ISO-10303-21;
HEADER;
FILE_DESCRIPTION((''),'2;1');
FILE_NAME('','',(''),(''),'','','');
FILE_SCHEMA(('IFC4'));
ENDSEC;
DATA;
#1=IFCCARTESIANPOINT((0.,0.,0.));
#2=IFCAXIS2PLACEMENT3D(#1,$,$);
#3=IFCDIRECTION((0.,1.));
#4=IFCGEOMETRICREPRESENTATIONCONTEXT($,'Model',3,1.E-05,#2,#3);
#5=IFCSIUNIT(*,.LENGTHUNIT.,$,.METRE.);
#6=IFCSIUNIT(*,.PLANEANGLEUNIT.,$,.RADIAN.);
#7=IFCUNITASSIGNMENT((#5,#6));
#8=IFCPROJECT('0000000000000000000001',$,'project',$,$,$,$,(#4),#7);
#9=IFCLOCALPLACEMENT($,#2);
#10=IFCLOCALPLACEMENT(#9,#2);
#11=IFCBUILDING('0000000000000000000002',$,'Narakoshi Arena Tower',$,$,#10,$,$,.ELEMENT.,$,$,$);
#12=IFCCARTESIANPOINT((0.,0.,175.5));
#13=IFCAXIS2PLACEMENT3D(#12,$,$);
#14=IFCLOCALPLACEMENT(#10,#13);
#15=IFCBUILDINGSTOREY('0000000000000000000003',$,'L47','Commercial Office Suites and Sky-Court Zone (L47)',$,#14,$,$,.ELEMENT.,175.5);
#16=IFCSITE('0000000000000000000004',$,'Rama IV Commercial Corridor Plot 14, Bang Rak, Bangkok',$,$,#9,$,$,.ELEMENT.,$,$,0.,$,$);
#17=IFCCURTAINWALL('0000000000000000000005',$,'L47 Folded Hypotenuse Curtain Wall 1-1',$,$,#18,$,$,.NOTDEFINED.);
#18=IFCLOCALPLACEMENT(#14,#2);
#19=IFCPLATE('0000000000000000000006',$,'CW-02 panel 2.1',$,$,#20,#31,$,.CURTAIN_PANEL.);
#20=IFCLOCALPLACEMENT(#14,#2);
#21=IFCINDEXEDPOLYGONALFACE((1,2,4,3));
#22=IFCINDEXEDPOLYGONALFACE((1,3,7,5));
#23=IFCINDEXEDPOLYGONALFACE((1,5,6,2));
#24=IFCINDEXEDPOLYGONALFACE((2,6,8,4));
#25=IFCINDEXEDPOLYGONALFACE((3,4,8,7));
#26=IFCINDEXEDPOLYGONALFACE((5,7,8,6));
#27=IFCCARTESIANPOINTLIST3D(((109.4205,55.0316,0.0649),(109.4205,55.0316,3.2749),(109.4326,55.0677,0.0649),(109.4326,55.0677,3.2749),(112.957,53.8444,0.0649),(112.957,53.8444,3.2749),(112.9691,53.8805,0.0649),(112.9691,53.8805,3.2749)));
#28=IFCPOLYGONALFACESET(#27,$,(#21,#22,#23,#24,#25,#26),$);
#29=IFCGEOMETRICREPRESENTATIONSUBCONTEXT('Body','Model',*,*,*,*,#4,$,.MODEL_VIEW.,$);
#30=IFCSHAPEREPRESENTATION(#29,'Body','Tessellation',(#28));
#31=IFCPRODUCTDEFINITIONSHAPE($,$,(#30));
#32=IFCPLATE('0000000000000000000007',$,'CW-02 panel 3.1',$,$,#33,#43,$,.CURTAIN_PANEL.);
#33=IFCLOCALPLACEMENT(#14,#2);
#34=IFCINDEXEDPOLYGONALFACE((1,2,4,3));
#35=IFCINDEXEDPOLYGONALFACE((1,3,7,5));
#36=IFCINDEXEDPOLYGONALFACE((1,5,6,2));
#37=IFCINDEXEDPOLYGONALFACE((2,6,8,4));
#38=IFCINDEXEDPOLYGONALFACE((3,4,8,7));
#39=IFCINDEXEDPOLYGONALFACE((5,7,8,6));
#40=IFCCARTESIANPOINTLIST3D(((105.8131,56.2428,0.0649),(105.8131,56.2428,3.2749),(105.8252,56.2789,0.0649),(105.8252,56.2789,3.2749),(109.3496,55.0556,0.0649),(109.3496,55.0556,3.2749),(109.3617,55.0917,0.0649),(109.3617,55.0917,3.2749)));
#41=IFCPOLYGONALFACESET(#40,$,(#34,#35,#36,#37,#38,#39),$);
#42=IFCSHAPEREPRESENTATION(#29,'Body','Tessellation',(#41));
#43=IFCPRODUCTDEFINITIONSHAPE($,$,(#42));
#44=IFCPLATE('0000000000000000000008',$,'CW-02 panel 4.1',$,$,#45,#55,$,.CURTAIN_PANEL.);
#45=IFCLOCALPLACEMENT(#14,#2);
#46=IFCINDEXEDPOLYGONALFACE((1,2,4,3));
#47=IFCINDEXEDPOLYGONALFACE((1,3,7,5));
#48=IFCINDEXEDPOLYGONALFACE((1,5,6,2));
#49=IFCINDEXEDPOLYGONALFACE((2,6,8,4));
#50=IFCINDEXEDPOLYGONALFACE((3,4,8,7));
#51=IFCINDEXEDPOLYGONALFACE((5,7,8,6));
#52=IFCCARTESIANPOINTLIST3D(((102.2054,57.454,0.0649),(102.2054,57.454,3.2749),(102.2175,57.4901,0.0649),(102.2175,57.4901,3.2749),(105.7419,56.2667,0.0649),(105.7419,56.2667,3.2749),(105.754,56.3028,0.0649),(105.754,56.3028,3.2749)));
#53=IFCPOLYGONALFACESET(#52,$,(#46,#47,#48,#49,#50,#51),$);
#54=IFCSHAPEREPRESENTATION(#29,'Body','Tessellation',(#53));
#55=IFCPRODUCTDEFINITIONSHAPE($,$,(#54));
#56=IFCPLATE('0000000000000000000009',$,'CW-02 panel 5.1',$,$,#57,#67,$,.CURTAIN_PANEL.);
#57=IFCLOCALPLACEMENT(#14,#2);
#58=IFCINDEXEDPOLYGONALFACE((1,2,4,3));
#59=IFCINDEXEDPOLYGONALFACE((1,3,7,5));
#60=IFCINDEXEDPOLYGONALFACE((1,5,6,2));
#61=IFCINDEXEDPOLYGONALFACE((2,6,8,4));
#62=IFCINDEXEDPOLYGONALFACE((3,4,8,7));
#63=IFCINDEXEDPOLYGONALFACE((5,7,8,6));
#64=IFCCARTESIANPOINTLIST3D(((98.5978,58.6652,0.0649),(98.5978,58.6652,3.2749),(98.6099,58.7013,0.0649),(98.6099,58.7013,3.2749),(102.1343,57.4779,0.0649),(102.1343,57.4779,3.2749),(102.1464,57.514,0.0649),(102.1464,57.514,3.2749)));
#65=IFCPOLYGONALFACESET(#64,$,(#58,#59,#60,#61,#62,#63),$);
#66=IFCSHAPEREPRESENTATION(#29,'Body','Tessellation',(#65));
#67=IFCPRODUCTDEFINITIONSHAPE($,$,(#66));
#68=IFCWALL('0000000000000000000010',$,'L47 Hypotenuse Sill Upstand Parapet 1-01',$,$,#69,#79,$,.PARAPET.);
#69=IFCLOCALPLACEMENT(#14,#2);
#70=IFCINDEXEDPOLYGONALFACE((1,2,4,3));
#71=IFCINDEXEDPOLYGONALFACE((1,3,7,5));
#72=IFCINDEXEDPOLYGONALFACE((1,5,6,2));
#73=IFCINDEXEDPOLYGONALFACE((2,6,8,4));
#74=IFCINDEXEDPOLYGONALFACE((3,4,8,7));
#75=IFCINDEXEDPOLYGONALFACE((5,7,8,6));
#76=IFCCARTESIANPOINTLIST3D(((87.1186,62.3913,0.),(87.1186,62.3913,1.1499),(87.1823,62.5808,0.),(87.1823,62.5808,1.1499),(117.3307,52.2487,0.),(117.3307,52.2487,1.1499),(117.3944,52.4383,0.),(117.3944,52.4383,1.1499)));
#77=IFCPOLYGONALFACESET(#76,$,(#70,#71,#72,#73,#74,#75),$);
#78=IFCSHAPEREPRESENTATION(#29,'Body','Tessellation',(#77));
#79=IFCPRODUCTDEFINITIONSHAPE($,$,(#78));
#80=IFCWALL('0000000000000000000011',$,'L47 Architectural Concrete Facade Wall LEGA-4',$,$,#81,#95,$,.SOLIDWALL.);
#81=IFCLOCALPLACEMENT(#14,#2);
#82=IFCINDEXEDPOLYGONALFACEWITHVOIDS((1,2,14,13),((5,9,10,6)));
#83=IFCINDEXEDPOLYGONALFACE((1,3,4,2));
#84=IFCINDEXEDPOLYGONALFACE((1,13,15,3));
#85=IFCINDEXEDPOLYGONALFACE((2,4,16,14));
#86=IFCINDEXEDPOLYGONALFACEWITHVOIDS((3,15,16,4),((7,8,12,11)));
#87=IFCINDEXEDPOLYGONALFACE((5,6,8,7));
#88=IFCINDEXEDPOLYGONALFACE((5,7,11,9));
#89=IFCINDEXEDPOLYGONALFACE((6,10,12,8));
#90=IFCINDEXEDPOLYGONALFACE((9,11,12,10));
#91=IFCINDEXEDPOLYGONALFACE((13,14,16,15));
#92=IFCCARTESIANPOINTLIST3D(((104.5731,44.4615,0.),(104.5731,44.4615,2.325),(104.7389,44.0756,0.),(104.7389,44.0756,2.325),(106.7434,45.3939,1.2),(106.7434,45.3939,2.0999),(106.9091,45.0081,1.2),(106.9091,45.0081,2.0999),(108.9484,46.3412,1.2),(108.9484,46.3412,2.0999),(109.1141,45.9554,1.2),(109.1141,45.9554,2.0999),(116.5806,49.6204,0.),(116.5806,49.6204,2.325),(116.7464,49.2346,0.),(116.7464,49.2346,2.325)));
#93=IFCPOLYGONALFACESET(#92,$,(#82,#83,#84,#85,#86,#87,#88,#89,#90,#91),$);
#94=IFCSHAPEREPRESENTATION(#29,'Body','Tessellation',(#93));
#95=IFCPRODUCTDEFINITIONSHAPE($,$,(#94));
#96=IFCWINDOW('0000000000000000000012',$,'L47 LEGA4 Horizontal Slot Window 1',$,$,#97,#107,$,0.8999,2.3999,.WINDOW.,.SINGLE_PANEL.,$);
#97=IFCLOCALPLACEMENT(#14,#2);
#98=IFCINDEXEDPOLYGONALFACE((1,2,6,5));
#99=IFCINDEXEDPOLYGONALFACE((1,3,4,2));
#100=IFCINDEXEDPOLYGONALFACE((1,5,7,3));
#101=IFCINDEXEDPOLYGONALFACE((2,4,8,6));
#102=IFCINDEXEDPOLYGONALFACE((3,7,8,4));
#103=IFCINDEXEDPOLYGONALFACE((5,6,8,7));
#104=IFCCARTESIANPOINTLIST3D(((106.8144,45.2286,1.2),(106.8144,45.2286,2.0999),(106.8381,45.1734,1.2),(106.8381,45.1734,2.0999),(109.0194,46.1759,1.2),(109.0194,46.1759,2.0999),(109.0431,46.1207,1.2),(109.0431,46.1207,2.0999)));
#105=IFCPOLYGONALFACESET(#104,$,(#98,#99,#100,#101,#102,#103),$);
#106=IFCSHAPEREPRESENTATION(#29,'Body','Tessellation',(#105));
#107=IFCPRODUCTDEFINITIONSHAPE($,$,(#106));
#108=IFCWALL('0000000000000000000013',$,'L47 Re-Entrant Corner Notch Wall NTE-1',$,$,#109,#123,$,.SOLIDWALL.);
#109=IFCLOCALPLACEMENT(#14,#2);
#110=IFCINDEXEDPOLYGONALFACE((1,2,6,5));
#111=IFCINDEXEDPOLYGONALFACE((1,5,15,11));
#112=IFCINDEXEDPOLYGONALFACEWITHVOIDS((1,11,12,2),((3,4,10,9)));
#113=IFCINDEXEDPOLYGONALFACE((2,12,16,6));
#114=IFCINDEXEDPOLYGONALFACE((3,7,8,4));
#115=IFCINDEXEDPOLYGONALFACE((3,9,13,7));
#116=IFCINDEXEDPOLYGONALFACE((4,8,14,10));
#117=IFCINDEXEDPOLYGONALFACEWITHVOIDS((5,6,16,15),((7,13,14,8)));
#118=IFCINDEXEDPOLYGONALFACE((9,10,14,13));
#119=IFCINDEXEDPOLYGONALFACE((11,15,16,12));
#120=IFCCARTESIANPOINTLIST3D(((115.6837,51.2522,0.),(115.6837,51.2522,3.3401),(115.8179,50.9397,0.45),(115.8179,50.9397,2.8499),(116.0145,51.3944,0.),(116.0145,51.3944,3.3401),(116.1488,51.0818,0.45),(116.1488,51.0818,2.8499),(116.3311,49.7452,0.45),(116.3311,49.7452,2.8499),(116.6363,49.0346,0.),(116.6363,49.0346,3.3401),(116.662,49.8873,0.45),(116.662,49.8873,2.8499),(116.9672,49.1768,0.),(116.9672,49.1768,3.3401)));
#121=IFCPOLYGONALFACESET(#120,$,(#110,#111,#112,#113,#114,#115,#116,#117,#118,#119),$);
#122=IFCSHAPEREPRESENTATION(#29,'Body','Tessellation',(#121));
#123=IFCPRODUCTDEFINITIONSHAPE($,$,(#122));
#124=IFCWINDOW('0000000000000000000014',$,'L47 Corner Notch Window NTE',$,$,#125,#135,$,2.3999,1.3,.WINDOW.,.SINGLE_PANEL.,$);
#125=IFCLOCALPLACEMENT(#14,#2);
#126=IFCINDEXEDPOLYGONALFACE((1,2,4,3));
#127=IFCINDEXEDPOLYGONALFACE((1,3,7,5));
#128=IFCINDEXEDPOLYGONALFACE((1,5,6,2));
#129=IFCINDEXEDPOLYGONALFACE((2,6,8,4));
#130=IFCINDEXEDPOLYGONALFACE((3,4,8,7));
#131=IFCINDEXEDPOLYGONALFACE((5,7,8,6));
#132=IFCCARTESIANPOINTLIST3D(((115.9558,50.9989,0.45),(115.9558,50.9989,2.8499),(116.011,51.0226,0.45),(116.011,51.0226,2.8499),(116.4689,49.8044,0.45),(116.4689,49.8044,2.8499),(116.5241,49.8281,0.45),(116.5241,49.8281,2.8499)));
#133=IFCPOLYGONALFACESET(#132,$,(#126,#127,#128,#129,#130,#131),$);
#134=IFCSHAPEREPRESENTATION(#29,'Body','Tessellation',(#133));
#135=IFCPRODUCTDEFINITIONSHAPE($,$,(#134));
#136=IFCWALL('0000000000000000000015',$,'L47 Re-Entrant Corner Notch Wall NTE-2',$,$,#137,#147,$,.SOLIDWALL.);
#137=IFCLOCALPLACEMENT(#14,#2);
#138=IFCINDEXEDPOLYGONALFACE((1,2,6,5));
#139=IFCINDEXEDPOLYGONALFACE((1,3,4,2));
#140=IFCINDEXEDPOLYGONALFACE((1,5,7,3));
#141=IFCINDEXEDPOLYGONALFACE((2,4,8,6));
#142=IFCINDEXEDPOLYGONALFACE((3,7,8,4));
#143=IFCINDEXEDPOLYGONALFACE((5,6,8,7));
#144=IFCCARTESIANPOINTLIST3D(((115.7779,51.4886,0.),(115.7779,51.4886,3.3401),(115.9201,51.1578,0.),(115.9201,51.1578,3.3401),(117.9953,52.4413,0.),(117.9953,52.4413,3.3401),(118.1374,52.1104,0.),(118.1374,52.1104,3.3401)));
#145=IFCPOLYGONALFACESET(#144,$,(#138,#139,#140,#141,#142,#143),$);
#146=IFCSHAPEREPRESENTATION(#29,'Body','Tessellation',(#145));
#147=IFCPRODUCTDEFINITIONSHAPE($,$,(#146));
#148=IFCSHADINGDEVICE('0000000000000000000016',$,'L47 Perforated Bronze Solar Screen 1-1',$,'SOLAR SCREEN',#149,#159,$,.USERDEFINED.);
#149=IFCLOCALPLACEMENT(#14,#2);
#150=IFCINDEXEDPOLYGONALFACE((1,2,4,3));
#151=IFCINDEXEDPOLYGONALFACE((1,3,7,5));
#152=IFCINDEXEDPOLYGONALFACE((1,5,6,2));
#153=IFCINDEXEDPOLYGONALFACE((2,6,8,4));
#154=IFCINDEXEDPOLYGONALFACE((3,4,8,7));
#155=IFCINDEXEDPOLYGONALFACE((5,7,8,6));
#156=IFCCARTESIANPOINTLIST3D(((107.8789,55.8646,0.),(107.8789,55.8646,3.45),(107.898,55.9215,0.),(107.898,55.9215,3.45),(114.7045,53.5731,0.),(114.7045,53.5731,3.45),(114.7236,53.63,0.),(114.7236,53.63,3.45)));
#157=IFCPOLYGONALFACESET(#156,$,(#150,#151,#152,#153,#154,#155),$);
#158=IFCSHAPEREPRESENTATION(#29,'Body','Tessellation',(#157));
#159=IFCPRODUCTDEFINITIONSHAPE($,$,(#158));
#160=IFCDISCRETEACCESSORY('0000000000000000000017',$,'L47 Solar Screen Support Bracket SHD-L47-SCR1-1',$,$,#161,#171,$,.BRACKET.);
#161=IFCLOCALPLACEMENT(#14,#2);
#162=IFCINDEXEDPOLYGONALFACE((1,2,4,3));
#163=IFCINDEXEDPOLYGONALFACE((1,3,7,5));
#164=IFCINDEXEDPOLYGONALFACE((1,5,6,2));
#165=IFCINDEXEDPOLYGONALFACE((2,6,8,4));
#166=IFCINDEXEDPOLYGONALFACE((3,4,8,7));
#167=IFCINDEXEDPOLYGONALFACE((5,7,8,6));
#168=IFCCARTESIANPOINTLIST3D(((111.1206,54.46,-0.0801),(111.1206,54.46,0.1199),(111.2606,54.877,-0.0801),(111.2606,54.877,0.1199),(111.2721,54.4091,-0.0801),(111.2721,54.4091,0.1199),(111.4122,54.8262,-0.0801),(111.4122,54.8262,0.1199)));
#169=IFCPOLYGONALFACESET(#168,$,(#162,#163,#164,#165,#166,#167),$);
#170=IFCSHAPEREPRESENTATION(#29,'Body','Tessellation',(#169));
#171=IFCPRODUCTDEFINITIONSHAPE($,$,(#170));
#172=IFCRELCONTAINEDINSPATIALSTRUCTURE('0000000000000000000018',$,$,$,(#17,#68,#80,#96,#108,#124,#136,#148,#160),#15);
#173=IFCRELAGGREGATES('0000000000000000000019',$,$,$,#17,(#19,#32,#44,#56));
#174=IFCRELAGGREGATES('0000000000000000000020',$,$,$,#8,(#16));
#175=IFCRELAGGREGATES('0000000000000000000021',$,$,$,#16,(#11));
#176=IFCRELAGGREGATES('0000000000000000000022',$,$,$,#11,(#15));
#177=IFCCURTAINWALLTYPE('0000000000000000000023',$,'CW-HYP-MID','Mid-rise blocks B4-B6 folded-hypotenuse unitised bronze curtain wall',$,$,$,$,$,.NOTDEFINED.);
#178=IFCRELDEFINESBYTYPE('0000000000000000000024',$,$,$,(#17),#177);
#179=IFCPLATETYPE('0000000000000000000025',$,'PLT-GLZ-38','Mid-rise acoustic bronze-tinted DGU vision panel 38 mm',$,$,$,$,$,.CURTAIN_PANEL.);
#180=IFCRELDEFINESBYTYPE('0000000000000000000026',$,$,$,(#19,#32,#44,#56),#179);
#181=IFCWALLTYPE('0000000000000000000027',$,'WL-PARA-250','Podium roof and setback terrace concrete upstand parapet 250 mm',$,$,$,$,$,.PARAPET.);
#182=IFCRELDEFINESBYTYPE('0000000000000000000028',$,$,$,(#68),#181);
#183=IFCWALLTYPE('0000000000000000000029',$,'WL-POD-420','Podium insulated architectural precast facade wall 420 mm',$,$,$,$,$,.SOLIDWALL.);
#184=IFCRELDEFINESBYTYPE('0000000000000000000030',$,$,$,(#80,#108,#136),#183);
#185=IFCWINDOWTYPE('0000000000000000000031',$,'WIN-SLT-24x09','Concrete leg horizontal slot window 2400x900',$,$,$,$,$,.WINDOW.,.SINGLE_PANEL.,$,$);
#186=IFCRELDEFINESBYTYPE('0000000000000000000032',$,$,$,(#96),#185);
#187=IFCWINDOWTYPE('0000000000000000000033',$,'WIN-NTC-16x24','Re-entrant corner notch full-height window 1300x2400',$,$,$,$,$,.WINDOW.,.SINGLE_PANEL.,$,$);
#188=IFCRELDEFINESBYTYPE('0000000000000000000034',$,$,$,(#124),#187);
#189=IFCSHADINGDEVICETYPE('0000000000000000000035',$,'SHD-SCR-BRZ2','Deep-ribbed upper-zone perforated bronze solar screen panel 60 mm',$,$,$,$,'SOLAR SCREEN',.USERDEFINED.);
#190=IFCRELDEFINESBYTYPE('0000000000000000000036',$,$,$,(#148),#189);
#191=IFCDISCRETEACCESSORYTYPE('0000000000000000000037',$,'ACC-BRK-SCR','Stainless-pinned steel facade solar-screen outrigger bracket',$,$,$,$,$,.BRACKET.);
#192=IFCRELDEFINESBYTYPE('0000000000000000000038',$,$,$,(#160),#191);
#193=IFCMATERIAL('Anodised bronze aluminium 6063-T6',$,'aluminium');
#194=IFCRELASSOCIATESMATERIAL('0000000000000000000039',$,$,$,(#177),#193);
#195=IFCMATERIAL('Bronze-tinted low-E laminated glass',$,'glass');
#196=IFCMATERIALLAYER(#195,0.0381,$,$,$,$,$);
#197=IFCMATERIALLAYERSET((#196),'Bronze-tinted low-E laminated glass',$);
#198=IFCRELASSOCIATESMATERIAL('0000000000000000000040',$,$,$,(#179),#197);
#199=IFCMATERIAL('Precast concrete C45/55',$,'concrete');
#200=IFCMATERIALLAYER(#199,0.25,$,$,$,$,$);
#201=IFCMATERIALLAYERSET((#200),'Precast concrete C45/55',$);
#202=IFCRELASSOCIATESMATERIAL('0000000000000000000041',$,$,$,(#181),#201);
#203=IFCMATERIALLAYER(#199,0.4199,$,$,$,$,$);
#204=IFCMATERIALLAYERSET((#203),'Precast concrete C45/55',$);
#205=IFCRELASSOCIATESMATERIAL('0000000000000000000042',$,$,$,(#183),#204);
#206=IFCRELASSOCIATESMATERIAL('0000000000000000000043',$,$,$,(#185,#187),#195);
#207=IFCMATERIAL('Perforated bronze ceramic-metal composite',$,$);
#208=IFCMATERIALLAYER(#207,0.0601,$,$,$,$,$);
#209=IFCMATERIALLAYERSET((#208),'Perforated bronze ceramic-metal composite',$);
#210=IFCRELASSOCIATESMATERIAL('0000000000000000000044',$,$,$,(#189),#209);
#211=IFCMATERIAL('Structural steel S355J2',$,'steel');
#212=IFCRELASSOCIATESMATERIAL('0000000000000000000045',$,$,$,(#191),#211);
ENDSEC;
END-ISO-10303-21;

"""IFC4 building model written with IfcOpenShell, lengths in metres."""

from ifc_helpers import new_model, si_unit, direction, frame, frame_2d, origin, origin_2d, place, context, subcontext, project, spatial, rectangle, extrude, material, layer, layer_set, type_object, element, fill, aggregate, save


model = new_model("IFC4")

# Units and contexts
model_context = context("Model", 3, precision=1e-05, world=origin(), true_north=direction((0.0, 1.0)))
body_context = subcontext(model_context, "Body", "Model", "MODEL_VIEW")
ifc_project = project(units=[si_unit("LENGTHUNIT", "METRE"), si_unit("PLANEANGLEUNIT", "RADIAN")], contexts=[model_context])

# Site, building, storey
site_placement = place(None, origin())
site = spatial("IfcSite", under=ifc_project, at=site_placement, Name="Rama IV Commercial Corridor Plot 14, Bang Rak, Bangkok", CompositionType="ELEMENT", RefElevation=0.0)
building_placement = place(site_placement, origin())
building = spatial("IfcBuilding", under=site, at=building_placement, Name="Narakoshi Arena Tower", CompositionType="ELEMENT")
storey_placement = place(building_placement, frame((0.0, 0.0, 175.5)))
storey = spatial("IfcBuildingStorey", under=building, at=storey_placement, Name="L47", Description="Commercial Office Suites and Sky-Court Zone (L47)", CompositionType="ELEMENT", Elevation=175.5)

# Curtain wall, plates
ifc_material_1 = material(Name="Anodised bronze aluminium 6063-T6", Category="aluminium")
curtain_wall_type = type_object("IfcCurtainWallType", Name="CW-HYP-MID", Description="Mid-rise blocks B4-B6 folded-hypotenuse unitised bronze curtain wall", PredefinedType="NOTDEFINED", material=ifc_material_1)
curtain_wall_placement = place(storey_placement, origin())
curtain_wall = element("IfcCurtainWall", 1, at=curtain_wall_placement, inside=storey, type_object=curtain_wall_type, Name="L47 Folded Hypotenuse Curtain Wall 1-1", PredefinedType="NOTDEFINED")
ifc_material_2 = material(Name="Bronze-tinted low-E laminated glass", Category="glass")
ifc_layer_1 = layer(ifc_material_2, 0.0381)
ifc_layer_set_1 = layer_set([ifc_layer_1], Name="Bronze-tinted low-E laminated glass")
plate_type = type_object("IfcPlateType", Name="PLT-GLZ-38", Description="Mid-rise acoustic bronze-tinted DGU vision panel 38 mm", PredefinedType="CURTAIN_PANEL", material=ifc_layer_set_1)
plate_1_placement = place(storey_placement, frame((111.1948, 54.4561, 0.0649), z_axis=(0.0, 0.0, 1.0), x_axis=(-0.948003, 0.318261, 0.0)))
plate_1 = element("IfcPlate", 2, at=plate_1_placement, type_object=plate_type, Name="CW-02 panel 2.1", PredefinedType="CURTAIN_PANEL", context=body_context, shape_type="SweptSolid", body=[
    extrude(rectangle(XDim=3.7305, YDim=0.0381, at=origin_2d()), origin(), (0.0, 0.0, 1.0), 3.21),
])
plate_2_placement = place(storey_placement, frame((107.5874, 55.6672, 0.0649), z_axis=(0.0, 0.0, 1.0), x_axis=(-0.948003, 0.318261, 0.0)))
plate_2 = element("IfcPlate", 3, at=plate_2_placement, type_object=plate_type, Name="CW-02 panel 3.1", PredefinedType="CURTAIN_PANEL", context=body_context, shape_type="SweptSolid", body=[
    extrude(rectangle(XDim=3.7305, YDim=0.0381, at=origin_2d()), origin(), (0.0, 0.0, 1.0), 3.21),
])
plate_3_placement = place(storey_placement, frame((103.9797, 56.8784, 0.0649), z_axis=(0.0, 0.0, 1.0), x_axis=(-0.948003, 0.318261, 0.0)))
plate_3 = element("IfcPlate", 4, at=plate_3_placement, type_object=plate_type, Name="CW-02 panel 4.1", PredefinedType="CURTAIN_PANEL", context=body_context, shape_type="SweptSolid", body=[
    extrude(rectangle(XDim=3.7305, YDim=0.0381, at=origin_2d()), origin(), (0.0, 0.0, 1.0), 3.21),
])
plate_4_placement = place(storey_placement, frame((100.3721, 58.0896, 0.0649), z_axis=(0.0, 0.0, 1.0), x_axis=(-0.948003, 0.318261, 0.0)))
plate_4 = element("IfcPlate", 5, at=plate_4_placement, type_object=plate_type, Name="CW-02 panel 5.1", PredefinedType="CURTAIN_PANEL", context=body_context, shape_type="SweptSolid", body=[
    extrude(rectangle(XDim=3.7305, YDim=0.0381, at=origin_2d()), origin(), (0.0, 0.0, 1.0), 3.21),
])
aggregate(curtain_wall, [plate_1, plate_2, plate_3, plate_4])

# Wall
ifc_material_3 = material(Name="Precast concrete C45/55", Category="concrete")
ifc_layer_2 = layer(ifc_material_3, 0.25)
ifc_layer_set_2 = layer_set([ifc_layer_2], Name="Precast concrete C45/55")
wall_type_1 = type_object("IfcWallType", Name="WL-PARA-250", Description="Podium roof and setback terrace concrete upstand parapet 250 mm", PredefinedType="PARAPET", material=ifc_layer_set_2)
wall_1_placement = place(storey_placement, frame((117.3625, 52.3435, 0.0), z_axis=(0.0, 0.0, 1.0), x_axis=(-0.948005, 0.318256, 0.0)))
element("IfcWall", 6, at=wall_1_placement, inside=storey, type_object=wall_type_1, Name="L47 Hypotenuse Sill Upstand Parapet 1-01", PredefinedType="PARAPET", context=body_context, shape_type="SweptSolid", body=[
    extrude(rectangle(XDim=31.8691, YDim=0.2, at=frame_2d((15.9346, 0.0))), origin(), (0.0, 0.0, 1.0), 1.1499),
])

# Walls, openings, windows
ifc_layer_3 = layer(ifc_material_3, 0.4199)
ifc_layer_set_3 = layer_set([ifc_layer_3], Name="Precast concrete C45/55")
wall_type_2 = type_object("IfcWallType", Name="WL-POD-420", Description="Podium insulated architectural precast facade wall 420 mm", PredefinedType="SOLIDWALL", material=ifc_layer_set_3)
wall_2_placement = place(storey_placement, frame((104.656, 44.2686, 0.0), z_axis=(0.0, 0.0, 1.0), x_axis=(0.918789, 0.394749, 0.0)))
wall_2 = element("IfcWall", 7, at=wall_2_placement, inside=storey, type_object=wall_type_2, Name="L47 Architectural Concrete Facade Wall LEGA-4", PredefinedType="SOLIDWALL", context=body_context, shape_type="SweptSolid", body=[
    extrude(rectangle(XDim=13.0688, YDim=0.4199, at=frame_2d((6.5344, 0.0))), origin(), (0.0, 0.0, 1.0), 2.325),
])
opening_1_placement = place(wall_2_placement, frame((2.3621, 0.0, 1.2)))
opening_1 = element("IfcOpeningElement", 8, at=opening_1_placement, cuts=wall_2, PredefinedType="OPENING", context=body_context, shape_type="SweptSolid", body=[
    extrude(rectangle(XDim=2.3999, YDim=0.8999, at=frame_2d((1.2, 0.45))), frame((0.0, 0.22, 0.0), z_axis=(0.0, -1.0, 0.0), x_axis=(1.0, 0.0, 0.0)), (0.0, 0.0, 1.0), 0.4399),
])
window_type_1 = type_object("IfcWindowType", Name="WIN-SLT-24x09", Description="Concrete leg horizontal slot window 2400x900", PartitioningType="SINGLE_PANEL", PredefinedType="WINDOW", material=ifc_material_2)
window_1_placement = place(opening_1_placement, origin())
window_1 = element("IfcWindow", 9, at=window_1_placement, inside=storey, type_object=window_type_1, Name="L47 LEGA4 Horizontal Slot Window 1", OverallHeight=0.8999, OverallWidth=2.3999, PartitioningType="SINGLE_PANEL", PredefinedType="WINDOW", context=body_context, shape_type="SweptSolid", body=[
    extrude(rectangle(XDim=2.3999, YDim=0.8999, at=frame_2d((1.2, 0.45))), frame((0.0, 0.03, 0.0), z_axis=(0.0, -1.0, 0.0), x_axis=(1.0, 0.0, 0.0)), (0.0, 0.0, 1.0), 0.0601),
])
fill(opening_1, window_1)
wall_3_placement = place(storey_placement, frame((116.8018, 49.1057, 0.0), z_axis=(0.0, 0.0, 1.0), x_axis=(-0.394713, 0.918805, 0.0)))
wall_3 = element("IfcWall", 10, at=wall_3_placement, inside=storey, type_object=wall_type_2, Name="L47 Re-Entrant Corner Notch Wall NTE-1", PredefinedType="SOLIDWALL", context=body_context, shape_type="SweptSolid", body=[
    extrude(rectangle(XDim=2.4136, YDim=0.3601, at=frame_2d((1.2068, 0.0))), origin(), (0.0, 0.0, 1.0), 3.3401),
])
opening_2_placement = place(wall_3_placement, frame((0.7734, 0.0, 0.45)))
opening_2 = element("IfcOpeningElement", 11, at=opening_2_placement, cuts=wall_3, PredefinedType="OPENING", context=body_context, shape_type="SweptSolid", body=[
    extrude(rectangle(XDim=1.3, YDim=2.3999, at=frame_2d((0.6499, 1.2))), frame((0.0, 0.1899, 0.0), z_axis=(0.0, -1.0, 0.0), x_axis=(1.0, 0.0, 0.0)), (0.0, 0.0, 1.0), 0.3801),
])
window_type_2 = type_object("IfcWindowType", Name="WIN-NTC-16x24", Description="Re-entrant corner notch full-height window 1300x2400", PartitioningType="SINGLE_PANEL", PredefinedType="WINDOW", material=ifc_material_2)
window_2_placement = place(opening_2_placement, origin())
window_2 = element("IfcWindow", 12, at=window_2_placement, inside=storey, type_object=window_type_2, Name="L47 Corner Notch Window NTE", OverallHeight=2.3999, OverallWidth=1.3, PartitioningType="SINGLE_PANEL", PredefinedType="WINDOW", context=body_context, shape_type="SweptSolid", body=[
    extrude(rectangle(XDim=1.3, YDim=2.3999, at=frame_2d((0.6499, 1.2))), frame((0.0, 0.03, 0.0), z_axis=(0.0, -1.0, 0.0), x_axis=(1.0, 0.0, 0.0)), (0.0, 0.0, 1.0), 0.0601),
])
fill(opening_2, window_2)

# Wall
wall_4_placement = place(storey_placement, frame((115.8491, 51.3232, 0.0), z_axis=(0.0, 0.0, 1.0), x_axis=(0.918789, 0.394749, 0.0)))
element("IfcWall", 13, at=wall_4_placement, inside=storey, type_object=wall_type_2, Name="L47 Re-Entrant Corner Notch Wall NTE-2", PredefinedType="SOLIDWALL", context=body_context, shape_type="SweptSolid", body=[
    extrude(rectangle(XDim=2.4133, YDim=0.3601, at=frame_2d((1.2065, 0.0))), origin(), (0.0, 0.0, 1.0), 3.3401),
])

# Shading device
ifc_material_4 = material(Name="Perforated bronze ceramic-metal composite")
ifc_layer_4 = layer(ifc_material_4, 0.0601)
ifc_layer_set_4 = layer_set([ifc_layer_4], Name="Perforated bronze ceramic-metal composite")
shading_device_type = type_object("IfcShadingDeviceType", Name="SHD-SCR-BRZ2", Description="Deep-ribbed upper-zone perforated bronze solar screen panel 60 mm", ElementType="SOLAR SCREEN", PredefinedType="USERDEFINED", material=ifc_layer_set_4)
shading_device_placement = place(storey_placement, frame((111.3013, 54.7473, 0.0), z_axis=(0.0, 0.0, 1.0), x_axis=(-0.948002, 0.318264, 0.0)))
element("IfcShadingDevice", 14, at=shading_device_placement, inside=storey, type_object=shading_device_type, Name="L47 Perforated Bronze Solar Screen 1-1", ObjectType="SOLAR SCREEN", PredefinedType="USERDEFINED", context=body_context, shape_type="SweptSolid", body=[
    extrude(rectangle(XDim=7.2, YDim=0.0601, at=origin_2d()), origin(), (0.0, 0.0, 1.0), 3.45),
])

# Discrete accessory
ifc_material_5 = material(Name="Structural steel S355J2", Category="steel")
discrete_accessory_type = type_object("IfcDiscreteAccessoryType", Name="ACC-BRK-SCR", Description="Stainless-pinned steel facade solar-screen outrigger bracket", PredefinedType="BRACKET", material=ifc_material_5)
discrete_accessory_placement = place(storey_placement, frame((111.2664, 54.6431, -0.0801), z_axis=(0.0, 0.0, 1.0), x_axis=(-0.948002, 0.318264, 0.0)))
element("IfcDiscreteAccessory", 15, at=discrete_accessory_placement, inside=storey, type_object=discrete_accessory_type, Name="L47 Solar Screen Support Bracket SHD-L47-SCR1-1", PredefinedType="BRACKET", context=body_context, shape_type="SweptSolid", body=[
    extrude(rectangle(XDim=0.1599, YDim=0.4399, at=origin_2d()), origin(), (0.0, 0.0, 1.0), 0.2),
])

save(model, "model.ifc")
